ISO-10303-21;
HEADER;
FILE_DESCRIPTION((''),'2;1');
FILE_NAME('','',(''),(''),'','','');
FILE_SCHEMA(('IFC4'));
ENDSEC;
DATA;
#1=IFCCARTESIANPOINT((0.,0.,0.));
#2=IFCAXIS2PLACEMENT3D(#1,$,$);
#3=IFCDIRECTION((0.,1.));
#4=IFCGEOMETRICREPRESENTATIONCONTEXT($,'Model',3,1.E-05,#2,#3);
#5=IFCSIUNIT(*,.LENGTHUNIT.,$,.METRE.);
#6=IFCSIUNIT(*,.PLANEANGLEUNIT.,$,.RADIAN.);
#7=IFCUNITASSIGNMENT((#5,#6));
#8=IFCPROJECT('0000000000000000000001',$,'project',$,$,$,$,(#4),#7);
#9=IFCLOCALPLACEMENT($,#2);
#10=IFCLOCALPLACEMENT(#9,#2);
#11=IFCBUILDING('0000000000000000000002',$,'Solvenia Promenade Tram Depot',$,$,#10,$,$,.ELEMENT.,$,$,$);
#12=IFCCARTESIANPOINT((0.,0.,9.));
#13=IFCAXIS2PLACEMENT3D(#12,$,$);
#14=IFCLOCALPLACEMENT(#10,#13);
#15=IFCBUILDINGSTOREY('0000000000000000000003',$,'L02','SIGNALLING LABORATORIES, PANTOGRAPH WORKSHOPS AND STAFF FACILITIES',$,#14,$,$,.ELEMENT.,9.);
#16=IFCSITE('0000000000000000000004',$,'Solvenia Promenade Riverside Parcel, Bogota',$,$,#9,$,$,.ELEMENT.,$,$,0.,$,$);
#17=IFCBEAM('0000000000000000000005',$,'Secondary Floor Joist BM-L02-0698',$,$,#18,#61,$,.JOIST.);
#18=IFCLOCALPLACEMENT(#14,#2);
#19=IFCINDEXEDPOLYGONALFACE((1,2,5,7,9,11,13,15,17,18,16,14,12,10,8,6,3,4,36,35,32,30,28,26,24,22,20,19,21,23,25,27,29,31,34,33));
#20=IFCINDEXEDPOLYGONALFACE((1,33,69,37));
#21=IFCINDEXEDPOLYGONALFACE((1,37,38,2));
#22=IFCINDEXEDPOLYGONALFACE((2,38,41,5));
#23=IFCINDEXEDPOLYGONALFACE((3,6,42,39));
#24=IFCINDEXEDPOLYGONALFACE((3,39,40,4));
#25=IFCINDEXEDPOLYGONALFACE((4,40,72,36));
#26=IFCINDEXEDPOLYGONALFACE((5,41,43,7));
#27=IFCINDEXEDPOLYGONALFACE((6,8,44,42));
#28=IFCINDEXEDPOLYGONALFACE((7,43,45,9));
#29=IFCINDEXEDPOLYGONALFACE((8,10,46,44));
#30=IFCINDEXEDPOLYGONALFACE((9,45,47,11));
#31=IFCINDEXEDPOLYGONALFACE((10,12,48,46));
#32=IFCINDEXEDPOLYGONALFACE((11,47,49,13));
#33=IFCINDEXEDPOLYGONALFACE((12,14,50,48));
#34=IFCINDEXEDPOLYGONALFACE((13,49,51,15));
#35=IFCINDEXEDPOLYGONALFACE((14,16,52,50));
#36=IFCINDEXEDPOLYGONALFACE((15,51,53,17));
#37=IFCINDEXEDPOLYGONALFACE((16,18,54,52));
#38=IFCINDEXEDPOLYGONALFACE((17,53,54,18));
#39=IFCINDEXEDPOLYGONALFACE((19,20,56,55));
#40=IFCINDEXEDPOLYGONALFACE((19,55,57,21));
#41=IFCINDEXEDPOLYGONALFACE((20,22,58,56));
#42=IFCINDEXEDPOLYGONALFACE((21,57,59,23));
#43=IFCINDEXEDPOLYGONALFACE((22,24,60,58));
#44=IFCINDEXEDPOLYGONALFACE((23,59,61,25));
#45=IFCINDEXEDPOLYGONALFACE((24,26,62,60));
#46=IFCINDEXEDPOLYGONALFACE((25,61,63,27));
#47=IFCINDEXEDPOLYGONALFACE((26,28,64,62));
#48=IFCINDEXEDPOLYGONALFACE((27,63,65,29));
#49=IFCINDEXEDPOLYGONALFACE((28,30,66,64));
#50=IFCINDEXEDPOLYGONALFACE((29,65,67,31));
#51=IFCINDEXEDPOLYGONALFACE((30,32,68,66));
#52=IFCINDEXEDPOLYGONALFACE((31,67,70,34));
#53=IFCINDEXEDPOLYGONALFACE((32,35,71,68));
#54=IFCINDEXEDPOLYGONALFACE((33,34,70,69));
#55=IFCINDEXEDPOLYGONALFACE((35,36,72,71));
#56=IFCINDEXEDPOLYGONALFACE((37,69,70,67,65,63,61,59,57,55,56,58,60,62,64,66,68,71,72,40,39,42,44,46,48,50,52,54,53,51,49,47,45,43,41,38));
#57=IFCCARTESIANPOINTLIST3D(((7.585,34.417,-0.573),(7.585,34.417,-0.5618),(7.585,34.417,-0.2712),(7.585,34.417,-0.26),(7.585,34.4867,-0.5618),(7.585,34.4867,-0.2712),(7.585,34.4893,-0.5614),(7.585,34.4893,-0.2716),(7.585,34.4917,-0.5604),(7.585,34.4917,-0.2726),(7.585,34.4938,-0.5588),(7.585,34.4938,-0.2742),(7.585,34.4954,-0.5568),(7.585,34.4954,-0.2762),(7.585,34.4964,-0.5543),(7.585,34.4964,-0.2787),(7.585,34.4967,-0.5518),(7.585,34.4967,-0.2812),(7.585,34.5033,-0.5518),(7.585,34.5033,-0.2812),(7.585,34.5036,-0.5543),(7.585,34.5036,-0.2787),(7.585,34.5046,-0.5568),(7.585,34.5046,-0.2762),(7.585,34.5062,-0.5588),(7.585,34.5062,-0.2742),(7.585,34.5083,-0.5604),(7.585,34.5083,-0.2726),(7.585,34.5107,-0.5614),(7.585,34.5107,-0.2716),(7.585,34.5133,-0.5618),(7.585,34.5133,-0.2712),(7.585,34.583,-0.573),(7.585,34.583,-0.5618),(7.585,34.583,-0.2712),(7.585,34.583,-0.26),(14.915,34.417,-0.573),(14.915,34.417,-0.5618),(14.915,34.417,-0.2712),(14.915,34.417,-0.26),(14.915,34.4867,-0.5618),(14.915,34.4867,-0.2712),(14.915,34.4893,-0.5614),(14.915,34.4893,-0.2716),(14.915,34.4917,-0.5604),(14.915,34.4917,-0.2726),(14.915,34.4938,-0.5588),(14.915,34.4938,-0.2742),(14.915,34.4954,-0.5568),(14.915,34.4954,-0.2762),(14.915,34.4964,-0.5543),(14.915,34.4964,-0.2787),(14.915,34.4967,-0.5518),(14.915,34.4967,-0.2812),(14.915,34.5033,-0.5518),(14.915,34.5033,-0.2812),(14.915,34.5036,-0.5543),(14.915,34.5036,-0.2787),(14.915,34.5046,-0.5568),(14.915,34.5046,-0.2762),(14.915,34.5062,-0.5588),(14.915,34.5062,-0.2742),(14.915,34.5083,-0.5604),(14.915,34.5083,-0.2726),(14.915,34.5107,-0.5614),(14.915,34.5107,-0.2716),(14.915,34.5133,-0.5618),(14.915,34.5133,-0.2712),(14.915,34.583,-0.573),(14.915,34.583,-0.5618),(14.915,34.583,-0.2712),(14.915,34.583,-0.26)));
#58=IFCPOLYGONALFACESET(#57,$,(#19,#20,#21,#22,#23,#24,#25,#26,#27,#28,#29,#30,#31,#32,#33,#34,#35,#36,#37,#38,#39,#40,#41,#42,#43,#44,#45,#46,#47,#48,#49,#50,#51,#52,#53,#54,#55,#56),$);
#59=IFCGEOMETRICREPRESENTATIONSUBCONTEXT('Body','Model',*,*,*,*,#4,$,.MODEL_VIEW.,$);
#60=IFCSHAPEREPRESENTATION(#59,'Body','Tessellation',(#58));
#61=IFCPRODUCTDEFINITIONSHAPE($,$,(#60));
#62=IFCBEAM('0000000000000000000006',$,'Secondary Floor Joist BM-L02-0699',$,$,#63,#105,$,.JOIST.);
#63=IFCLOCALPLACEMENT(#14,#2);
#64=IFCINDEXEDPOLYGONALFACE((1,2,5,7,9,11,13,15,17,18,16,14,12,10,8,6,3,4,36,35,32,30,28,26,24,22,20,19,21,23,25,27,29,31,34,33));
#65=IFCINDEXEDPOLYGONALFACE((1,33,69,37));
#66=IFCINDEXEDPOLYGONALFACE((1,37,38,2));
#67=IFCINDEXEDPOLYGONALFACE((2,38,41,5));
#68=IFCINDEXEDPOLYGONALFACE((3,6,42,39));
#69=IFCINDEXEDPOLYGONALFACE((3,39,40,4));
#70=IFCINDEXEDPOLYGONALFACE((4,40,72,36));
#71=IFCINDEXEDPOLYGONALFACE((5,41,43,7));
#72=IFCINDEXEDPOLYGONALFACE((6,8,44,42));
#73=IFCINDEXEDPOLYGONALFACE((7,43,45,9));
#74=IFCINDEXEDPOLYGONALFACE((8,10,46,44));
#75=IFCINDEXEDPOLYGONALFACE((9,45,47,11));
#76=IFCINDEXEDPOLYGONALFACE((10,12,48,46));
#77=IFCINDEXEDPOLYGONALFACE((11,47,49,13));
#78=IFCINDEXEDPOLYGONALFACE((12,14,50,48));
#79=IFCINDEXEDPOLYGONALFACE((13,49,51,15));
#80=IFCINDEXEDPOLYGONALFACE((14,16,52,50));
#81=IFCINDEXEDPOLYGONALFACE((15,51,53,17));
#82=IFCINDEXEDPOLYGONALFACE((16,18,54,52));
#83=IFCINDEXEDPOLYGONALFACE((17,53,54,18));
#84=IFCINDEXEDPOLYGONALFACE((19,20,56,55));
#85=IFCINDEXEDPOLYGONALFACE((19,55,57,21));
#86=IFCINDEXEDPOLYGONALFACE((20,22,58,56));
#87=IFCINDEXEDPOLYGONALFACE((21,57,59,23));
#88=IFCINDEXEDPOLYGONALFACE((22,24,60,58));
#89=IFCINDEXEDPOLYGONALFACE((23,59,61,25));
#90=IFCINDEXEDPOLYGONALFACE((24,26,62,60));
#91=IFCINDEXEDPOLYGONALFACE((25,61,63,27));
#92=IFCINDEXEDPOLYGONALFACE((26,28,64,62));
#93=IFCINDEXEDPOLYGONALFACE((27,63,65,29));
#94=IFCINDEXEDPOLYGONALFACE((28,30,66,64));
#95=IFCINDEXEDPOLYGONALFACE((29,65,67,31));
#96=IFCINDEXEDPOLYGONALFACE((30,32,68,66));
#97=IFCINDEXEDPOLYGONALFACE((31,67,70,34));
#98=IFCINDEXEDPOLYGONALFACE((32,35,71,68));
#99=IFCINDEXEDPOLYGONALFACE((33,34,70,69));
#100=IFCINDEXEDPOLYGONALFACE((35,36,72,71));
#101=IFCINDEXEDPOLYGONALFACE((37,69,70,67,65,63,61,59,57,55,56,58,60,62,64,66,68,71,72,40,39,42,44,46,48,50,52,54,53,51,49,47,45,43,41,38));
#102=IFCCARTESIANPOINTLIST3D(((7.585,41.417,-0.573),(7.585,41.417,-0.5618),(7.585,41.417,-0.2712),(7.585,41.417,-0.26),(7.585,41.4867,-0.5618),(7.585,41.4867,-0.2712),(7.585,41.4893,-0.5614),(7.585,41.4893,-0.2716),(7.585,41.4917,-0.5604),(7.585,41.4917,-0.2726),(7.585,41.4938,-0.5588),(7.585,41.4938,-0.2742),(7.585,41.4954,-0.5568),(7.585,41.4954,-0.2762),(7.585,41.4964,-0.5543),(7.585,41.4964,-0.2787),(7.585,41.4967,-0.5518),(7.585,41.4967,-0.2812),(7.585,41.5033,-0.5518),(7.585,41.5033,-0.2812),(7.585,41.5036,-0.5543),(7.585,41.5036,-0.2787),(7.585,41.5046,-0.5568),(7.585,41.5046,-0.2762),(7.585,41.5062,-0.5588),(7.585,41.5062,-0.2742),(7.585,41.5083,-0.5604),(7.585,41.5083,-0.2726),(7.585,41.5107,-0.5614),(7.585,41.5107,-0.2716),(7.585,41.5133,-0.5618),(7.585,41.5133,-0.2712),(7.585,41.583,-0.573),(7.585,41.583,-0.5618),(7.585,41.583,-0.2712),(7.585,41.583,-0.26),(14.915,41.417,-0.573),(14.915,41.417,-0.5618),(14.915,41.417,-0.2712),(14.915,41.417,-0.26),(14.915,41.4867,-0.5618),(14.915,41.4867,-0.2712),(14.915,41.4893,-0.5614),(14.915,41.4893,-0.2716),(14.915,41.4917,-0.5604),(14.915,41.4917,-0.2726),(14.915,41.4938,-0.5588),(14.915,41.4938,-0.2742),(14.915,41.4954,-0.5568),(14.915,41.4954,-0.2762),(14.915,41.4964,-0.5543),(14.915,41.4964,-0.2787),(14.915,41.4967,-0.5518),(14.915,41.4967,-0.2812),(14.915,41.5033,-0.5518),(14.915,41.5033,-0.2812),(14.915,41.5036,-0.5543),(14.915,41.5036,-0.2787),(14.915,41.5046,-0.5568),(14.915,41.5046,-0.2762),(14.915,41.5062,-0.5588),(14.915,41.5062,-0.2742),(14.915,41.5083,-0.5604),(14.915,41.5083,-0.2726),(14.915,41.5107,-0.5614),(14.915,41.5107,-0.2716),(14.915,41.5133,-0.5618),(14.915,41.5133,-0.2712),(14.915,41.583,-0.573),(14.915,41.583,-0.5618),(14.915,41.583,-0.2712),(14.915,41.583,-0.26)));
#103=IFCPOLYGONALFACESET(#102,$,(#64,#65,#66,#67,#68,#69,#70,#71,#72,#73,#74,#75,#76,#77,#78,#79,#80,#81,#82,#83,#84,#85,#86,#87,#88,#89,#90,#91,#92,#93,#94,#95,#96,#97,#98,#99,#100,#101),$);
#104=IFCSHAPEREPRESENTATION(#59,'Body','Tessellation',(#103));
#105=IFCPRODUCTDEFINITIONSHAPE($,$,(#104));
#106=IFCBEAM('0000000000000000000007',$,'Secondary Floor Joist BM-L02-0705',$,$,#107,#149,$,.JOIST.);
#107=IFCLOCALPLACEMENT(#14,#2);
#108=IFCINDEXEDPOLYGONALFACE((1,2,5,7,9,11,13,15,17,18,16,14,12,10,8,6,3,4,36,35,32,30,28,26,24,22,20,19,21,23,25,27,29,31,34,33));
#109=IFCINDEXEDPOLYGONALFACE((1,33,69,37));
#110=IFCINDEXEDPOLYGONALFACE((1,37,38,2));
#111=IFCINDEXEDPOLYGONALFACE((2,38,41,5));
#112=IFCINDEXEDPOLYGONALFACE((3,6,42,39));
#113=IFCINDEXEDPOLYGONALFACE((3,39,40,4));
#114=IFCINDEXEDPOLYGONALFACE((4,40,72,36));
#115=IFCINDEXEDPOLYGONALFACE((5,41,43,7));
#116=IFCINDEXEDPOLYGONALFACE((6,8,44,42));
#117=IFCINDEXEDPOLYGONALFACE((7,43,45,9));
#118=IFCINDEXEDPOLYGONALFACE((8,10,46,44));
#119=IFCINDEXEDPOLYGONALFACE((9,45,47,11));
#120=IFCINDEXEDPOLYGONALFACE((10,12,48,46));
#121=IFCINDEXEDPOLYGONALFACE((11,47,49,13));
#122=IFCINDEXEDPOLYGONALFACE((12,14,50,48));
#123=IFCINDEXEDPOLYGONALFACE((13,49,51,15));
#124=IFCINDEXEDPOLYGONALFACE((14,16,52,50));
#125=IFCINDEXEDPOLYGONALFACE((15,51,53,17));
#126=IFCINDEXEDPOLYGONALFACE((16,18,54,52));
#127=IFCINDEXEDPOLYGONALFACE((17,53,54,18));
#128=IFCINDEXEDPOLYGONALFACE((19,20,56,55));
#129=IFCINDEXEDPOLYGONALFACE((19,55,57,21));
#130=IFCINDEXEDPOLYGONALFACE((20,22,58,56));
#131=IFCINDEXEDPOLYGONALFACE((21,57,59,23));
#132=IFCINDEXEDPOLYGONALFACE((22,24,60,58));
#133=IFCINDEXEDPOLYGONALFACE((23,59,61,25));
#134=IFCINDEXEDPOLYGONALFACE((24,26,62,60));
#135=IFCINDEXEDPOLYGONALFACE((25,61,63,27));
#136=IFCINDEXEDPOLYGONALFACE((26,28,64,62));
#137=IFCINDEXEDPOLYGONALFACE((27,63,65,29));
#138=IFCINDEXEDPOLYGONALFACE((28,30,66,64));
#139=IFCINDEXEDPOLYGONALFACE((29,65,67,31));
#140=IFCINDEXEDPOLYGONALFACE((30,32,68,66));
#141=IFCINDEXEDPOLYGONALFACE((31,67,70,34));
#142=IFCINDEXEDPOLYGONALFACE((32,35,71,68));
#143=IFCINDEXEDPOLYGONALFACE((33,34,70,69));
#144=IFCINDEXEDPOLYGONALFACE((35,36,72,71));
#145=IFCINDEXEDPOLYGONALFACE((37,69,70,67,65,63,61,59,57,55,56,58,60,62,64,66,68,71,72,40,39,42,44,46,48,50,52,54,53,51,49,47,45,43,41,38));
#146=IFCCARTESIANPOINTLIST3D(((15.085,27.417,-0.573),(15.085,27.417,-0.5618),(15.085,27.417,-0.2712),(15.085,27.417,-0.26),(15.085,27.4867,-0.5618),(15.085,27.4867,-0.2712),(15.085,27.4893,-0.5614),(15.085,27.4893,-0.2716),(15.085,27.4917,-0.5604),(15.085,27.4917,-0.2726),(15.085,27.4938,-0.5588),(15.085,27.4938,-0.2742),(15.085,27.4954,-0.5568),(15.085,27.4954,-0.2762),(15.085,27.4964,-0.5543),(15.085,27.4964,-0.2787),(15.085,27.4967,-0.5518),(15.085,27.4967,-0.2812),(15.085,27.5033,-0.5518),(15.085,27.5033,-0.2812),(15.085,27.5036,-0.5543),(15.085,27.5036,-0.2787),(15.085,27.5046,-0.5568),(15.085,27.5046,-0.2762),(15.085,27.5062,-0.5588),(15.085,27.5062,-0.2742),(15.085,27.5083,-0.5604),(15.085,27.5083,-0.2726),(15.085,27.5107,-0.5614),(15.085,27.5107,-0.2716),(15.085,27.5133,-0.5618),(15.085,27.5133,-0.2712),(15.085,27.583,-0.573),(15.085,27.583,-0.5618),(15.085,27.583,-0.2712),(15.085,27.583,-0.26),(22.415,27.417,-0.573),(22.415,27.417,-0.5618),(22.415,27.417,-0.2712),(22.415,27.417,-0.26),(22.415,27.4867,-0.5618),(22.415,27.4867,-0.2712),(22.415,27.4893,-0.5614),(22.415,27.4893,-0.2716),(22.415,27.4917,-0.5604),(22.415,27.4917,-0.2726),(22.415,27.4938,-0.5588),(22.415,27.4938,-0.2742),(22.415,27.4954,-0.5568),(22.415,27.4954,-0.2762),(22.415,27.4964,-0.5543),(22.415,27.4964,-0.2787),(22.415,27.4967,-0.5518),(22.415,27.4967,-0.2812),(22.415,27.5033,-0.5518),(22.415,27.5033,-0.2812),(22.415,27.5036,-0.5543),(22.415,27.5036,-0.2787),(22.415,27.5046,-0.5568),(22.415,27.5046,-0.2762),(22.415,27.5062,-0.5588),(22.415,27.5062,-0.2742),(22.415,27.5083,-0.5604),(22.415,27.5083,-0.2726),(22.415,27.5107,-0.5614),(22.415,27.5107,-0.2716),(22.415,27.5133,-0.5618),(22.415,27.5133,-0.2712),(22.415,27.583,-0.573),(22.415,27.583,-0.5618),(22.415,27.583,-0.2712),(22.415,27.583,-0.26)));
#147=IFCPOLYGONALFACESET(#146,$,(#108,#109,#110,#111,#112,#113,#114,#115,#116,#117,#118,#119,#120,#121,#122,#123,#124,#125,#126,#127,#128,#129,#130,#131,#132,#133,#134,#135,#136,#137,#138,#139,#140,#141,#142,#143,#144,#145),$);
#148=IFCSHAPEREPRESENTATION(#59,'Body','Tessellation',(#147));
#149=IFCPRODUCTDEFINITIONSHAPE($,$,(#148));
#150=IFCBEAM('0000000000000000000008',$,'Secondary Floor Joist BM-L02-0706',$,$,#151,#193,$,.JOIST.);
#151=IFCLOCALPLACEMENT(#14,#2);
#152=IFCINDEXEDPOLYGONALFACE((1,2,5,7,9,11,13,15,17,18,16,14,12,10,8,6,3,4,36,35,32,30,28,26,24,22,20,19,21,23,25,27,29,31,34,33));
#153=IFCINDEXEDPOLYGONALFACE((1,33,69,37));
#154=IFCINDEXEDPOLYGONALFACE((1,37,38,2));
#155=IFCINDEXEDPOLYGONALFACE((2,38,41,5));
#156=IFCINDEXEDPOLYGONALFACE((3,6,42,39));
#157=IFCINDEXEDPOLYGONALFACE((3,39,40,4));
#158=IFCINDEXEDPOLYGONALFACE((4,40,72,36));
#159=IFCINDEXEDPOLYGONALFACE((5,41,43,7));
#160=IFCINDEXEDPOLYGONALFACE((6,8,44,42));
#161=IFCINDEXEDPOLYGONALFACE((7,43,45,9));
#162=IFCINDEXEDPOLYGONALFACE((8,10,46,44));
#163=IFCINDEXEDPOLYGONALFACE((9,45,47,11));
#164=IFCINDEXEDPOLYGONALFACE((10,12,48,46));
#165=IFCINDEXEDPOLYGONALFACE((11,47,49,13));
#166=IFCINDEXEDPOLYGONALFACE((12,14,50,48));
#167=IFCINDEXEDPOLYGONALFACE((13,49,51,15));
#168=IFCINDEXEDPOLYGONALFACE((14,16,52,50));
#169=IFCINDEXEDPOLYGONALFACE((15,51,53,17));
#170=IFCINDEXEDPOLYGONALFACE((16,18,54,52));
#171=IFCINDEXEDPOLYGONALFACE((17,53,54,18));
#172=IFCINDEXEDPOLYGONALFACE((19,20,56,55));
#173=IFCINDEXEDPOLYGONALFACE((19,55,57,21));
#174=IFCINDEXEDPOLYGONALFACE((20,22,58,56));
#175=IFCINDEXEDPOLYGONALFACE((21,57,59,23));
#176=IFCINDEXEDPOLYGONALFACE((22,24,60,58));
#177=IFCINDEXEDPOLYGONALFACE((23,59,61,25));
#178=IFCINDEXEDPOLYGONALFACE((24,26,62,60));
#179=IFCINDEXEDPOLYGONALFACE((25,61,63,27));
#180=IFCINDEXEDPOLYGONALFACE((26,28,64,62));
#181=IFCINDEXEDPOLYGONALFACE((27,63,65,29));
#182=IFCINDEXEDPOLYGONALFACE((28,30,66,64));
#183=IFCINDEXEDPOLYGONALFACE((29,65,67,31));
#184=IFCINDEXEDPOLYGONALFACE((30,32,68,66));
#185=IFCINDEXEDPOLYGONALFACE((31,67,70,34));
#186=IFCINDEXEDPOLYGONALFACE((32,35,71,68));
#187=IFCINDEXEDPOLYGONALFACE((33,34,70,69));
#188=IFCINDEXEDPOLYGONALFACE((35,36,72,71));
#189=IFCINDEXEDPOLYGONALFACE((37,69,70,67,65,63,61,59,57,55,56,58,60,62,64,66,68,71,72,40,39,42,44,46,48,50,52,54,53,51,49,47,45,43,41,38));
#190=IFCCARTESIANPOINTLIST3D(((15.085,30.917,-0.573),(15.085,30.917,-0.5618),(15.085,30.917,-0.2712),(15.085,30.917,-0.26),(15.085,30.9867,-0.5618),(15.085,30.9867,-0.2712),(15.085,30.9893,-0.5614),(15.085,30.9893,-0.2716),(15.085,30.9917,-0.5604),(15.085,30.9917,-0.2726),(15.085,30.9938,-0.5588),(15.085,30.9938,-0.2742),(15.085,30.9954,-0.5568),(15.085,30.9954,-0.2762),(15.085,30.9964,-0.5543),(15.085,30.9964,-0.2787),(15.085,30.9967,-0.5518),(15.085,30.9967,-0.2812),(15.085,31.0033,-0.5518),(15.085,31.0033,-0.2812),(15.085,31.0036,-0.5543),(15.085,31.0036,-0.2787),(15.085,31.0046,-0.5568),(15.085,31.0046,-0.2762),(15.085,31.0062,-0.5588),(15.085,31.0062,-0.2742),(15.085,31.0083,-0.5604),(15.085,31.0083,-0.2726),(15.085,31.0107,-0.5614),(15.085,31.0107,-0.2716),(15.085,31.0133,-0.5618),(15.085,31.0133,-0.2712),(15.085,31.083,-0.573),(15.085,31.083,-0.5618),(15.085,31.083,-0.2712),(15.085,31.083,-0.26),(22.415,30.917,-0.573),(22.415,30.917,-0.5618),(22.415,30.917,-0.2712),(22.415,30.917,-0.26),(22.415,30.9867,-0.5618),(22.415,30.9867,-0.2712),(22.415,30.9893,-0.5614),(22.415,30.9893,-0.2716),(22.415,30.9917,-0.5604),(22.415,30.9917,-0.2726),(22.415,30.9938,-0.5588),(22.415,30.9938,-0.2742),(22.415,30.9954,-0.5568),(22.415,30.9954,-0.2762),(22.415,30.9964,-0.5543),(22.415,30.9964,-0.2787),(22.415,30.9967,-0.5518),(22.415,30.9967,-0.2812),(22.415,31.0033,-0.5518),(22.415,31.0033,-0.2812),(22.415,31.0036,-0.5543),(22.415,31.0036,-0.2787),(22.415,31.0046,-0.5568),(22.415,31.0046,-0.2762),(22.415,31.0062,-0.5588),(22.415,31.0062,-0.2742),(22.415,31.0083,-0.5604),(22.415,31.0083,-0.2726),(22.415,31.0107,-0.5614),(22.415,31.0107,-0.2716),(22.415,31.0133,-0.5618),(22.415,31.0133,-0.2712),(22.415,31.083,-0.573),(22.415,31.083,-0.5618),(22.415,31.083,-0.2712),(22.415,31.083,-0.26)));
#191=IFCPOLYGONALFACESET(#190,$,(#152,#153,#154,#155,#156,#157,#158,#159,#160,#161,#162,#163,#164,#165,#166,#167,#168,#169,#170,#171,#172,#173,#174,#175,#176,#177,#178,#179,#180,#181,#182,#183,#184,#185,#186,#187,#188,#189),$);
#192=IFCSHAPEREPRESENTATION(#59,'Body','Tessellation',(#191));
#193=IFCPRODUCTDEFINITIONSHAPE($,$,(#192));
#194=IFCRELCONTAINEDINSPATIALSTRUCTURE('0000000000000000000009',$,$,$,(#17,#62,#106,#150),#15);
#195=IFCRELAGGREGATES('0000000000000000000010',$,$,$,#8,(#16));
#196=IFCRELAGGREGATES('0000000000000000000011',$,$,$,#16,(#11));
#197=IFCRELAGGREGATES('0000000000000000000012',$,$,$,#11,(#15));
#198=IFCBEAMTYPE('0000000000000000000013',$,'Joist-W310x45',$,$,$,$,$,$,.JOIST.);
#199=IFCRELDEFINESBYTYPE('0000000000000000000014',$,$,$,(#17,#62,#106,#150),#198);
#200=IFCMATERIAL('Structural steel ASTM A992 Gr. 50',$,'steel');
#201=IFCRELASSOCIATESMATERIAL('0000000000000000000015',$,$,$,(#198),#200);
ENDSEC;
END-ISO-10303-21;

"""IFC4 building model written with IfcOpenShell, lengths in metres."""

from ifc_helpers import new_model, si_unit, direction, frame, origin, origin_2d, place, context, subcontext, project, spatial, i_section, extrude, material, material_profile, profile_set, type_object, element, save


model = new_model("IFC4")

# Units and contexts
model_context = context("Model", 3, precision=1e-05, world=origin(), true_north=direction((0.0, 1.0)))
body_context = subcontext(model_context, "Body", "Model", "MODEL_VIEW")
ifc_project = project(units=[si_unit("LENGTHUNIT", "METRE"), si_unit("PLANEANGLEUNIT", "RADIAN")], contexts=[model_context])

# Site, building, storey
site_placement = place(None, origin())
site = spatial("IfcSite", under=ifc_project, at=site_placement, Name="Solvenia Promenade Riverside Parcel, Bogota", CompositionType="ELEMENT", RefElevation=0.0)
building_placement = place(site_placement, origin())
building = spatial("IfcBuilding", under=site, at=building_placement, Name="Solvenia Promenade Tram Depot", CompositionType="ELEMENT")
storey_placement = place(building_placement, frame((0.0, 0.0, 9.0)))
storey = spatial("IfcBuildingStorey", under=building, at=storey_placement, Name="L02", Description="SIGNALLING LABORATORIES, PANTOGRAPH WORKSHOPS AND STAFF FACILITIES", CompositionType="ELEMENT", Elevation=9.0)

# Beams
ifc_material_1 = material(Name="Structural steel ASTM A992 Gr. 50", Category="steel")
ifc_material_profile_1 = material_profile(ifc_material_1, i_section(OverallWidth=0.166, OverallDepth=0.313, WebThickness=0.0066, FlangeThickness=0.0112, FilletRadius=0.01, at=origin_2d()), Name="W310x45", Category="steel")
ifc_profile_set_1 = profile_set([ifc_material_profile_1], Name="Structural steel ASTM A992 Gr. 50")
beam_type_1 = type_object("IfcBeamType", Name="Joist-W310x45", PredefinedType="JOIST", material=ifc_profile_set_1)
for number, where, z_axis, x_axis, name in (
    (1, (7.585, 34.5, -0.4165), (1.0, 0.0, 0.0), (0.0, 1.0, 0.0), "Secondary Floor Joist BM-L02-0698"),
    (2, (7.585, 41.5, -0.4165), (1.0, 0.0, 0.0), (0.0, 1.0, 0.0), "Secondary Floor Joist BM-L02-0699"),
    (3, (15.085, 27.5, -0.4165), (1.0, 0.0, 0.0), (0.0, 1.0, 0.0), "Secondary Floor Joist BM-L02-0705"),
    (4, (15.085, 31.0, -0.4165), (1.0, 0.0, 0.0), (0.0, 1.0, 0.0), "Secondary Floor Joist BM-L02-0706"),
):
    element("IfcBeam", number, at=place(storey_placement, frame(where, z_axis=z_axis, x_axis=x_axis)), inside=storey, type_object=beam_type_1, Name=name, PredefinedType="JOIST", context=body_context, shape_type="SweptSolid", body=[
        extrude(i_section(OverallWidth=0.166, OverallDepth=0.313, WebThickness=0.0066, FlangeThickness=0.0112, FilletRadius=0.01, at=origin_2d()), origin(), (0.0, 0.0, 1.0), 7.3301),
    ])

save(model, "model.ifc")
